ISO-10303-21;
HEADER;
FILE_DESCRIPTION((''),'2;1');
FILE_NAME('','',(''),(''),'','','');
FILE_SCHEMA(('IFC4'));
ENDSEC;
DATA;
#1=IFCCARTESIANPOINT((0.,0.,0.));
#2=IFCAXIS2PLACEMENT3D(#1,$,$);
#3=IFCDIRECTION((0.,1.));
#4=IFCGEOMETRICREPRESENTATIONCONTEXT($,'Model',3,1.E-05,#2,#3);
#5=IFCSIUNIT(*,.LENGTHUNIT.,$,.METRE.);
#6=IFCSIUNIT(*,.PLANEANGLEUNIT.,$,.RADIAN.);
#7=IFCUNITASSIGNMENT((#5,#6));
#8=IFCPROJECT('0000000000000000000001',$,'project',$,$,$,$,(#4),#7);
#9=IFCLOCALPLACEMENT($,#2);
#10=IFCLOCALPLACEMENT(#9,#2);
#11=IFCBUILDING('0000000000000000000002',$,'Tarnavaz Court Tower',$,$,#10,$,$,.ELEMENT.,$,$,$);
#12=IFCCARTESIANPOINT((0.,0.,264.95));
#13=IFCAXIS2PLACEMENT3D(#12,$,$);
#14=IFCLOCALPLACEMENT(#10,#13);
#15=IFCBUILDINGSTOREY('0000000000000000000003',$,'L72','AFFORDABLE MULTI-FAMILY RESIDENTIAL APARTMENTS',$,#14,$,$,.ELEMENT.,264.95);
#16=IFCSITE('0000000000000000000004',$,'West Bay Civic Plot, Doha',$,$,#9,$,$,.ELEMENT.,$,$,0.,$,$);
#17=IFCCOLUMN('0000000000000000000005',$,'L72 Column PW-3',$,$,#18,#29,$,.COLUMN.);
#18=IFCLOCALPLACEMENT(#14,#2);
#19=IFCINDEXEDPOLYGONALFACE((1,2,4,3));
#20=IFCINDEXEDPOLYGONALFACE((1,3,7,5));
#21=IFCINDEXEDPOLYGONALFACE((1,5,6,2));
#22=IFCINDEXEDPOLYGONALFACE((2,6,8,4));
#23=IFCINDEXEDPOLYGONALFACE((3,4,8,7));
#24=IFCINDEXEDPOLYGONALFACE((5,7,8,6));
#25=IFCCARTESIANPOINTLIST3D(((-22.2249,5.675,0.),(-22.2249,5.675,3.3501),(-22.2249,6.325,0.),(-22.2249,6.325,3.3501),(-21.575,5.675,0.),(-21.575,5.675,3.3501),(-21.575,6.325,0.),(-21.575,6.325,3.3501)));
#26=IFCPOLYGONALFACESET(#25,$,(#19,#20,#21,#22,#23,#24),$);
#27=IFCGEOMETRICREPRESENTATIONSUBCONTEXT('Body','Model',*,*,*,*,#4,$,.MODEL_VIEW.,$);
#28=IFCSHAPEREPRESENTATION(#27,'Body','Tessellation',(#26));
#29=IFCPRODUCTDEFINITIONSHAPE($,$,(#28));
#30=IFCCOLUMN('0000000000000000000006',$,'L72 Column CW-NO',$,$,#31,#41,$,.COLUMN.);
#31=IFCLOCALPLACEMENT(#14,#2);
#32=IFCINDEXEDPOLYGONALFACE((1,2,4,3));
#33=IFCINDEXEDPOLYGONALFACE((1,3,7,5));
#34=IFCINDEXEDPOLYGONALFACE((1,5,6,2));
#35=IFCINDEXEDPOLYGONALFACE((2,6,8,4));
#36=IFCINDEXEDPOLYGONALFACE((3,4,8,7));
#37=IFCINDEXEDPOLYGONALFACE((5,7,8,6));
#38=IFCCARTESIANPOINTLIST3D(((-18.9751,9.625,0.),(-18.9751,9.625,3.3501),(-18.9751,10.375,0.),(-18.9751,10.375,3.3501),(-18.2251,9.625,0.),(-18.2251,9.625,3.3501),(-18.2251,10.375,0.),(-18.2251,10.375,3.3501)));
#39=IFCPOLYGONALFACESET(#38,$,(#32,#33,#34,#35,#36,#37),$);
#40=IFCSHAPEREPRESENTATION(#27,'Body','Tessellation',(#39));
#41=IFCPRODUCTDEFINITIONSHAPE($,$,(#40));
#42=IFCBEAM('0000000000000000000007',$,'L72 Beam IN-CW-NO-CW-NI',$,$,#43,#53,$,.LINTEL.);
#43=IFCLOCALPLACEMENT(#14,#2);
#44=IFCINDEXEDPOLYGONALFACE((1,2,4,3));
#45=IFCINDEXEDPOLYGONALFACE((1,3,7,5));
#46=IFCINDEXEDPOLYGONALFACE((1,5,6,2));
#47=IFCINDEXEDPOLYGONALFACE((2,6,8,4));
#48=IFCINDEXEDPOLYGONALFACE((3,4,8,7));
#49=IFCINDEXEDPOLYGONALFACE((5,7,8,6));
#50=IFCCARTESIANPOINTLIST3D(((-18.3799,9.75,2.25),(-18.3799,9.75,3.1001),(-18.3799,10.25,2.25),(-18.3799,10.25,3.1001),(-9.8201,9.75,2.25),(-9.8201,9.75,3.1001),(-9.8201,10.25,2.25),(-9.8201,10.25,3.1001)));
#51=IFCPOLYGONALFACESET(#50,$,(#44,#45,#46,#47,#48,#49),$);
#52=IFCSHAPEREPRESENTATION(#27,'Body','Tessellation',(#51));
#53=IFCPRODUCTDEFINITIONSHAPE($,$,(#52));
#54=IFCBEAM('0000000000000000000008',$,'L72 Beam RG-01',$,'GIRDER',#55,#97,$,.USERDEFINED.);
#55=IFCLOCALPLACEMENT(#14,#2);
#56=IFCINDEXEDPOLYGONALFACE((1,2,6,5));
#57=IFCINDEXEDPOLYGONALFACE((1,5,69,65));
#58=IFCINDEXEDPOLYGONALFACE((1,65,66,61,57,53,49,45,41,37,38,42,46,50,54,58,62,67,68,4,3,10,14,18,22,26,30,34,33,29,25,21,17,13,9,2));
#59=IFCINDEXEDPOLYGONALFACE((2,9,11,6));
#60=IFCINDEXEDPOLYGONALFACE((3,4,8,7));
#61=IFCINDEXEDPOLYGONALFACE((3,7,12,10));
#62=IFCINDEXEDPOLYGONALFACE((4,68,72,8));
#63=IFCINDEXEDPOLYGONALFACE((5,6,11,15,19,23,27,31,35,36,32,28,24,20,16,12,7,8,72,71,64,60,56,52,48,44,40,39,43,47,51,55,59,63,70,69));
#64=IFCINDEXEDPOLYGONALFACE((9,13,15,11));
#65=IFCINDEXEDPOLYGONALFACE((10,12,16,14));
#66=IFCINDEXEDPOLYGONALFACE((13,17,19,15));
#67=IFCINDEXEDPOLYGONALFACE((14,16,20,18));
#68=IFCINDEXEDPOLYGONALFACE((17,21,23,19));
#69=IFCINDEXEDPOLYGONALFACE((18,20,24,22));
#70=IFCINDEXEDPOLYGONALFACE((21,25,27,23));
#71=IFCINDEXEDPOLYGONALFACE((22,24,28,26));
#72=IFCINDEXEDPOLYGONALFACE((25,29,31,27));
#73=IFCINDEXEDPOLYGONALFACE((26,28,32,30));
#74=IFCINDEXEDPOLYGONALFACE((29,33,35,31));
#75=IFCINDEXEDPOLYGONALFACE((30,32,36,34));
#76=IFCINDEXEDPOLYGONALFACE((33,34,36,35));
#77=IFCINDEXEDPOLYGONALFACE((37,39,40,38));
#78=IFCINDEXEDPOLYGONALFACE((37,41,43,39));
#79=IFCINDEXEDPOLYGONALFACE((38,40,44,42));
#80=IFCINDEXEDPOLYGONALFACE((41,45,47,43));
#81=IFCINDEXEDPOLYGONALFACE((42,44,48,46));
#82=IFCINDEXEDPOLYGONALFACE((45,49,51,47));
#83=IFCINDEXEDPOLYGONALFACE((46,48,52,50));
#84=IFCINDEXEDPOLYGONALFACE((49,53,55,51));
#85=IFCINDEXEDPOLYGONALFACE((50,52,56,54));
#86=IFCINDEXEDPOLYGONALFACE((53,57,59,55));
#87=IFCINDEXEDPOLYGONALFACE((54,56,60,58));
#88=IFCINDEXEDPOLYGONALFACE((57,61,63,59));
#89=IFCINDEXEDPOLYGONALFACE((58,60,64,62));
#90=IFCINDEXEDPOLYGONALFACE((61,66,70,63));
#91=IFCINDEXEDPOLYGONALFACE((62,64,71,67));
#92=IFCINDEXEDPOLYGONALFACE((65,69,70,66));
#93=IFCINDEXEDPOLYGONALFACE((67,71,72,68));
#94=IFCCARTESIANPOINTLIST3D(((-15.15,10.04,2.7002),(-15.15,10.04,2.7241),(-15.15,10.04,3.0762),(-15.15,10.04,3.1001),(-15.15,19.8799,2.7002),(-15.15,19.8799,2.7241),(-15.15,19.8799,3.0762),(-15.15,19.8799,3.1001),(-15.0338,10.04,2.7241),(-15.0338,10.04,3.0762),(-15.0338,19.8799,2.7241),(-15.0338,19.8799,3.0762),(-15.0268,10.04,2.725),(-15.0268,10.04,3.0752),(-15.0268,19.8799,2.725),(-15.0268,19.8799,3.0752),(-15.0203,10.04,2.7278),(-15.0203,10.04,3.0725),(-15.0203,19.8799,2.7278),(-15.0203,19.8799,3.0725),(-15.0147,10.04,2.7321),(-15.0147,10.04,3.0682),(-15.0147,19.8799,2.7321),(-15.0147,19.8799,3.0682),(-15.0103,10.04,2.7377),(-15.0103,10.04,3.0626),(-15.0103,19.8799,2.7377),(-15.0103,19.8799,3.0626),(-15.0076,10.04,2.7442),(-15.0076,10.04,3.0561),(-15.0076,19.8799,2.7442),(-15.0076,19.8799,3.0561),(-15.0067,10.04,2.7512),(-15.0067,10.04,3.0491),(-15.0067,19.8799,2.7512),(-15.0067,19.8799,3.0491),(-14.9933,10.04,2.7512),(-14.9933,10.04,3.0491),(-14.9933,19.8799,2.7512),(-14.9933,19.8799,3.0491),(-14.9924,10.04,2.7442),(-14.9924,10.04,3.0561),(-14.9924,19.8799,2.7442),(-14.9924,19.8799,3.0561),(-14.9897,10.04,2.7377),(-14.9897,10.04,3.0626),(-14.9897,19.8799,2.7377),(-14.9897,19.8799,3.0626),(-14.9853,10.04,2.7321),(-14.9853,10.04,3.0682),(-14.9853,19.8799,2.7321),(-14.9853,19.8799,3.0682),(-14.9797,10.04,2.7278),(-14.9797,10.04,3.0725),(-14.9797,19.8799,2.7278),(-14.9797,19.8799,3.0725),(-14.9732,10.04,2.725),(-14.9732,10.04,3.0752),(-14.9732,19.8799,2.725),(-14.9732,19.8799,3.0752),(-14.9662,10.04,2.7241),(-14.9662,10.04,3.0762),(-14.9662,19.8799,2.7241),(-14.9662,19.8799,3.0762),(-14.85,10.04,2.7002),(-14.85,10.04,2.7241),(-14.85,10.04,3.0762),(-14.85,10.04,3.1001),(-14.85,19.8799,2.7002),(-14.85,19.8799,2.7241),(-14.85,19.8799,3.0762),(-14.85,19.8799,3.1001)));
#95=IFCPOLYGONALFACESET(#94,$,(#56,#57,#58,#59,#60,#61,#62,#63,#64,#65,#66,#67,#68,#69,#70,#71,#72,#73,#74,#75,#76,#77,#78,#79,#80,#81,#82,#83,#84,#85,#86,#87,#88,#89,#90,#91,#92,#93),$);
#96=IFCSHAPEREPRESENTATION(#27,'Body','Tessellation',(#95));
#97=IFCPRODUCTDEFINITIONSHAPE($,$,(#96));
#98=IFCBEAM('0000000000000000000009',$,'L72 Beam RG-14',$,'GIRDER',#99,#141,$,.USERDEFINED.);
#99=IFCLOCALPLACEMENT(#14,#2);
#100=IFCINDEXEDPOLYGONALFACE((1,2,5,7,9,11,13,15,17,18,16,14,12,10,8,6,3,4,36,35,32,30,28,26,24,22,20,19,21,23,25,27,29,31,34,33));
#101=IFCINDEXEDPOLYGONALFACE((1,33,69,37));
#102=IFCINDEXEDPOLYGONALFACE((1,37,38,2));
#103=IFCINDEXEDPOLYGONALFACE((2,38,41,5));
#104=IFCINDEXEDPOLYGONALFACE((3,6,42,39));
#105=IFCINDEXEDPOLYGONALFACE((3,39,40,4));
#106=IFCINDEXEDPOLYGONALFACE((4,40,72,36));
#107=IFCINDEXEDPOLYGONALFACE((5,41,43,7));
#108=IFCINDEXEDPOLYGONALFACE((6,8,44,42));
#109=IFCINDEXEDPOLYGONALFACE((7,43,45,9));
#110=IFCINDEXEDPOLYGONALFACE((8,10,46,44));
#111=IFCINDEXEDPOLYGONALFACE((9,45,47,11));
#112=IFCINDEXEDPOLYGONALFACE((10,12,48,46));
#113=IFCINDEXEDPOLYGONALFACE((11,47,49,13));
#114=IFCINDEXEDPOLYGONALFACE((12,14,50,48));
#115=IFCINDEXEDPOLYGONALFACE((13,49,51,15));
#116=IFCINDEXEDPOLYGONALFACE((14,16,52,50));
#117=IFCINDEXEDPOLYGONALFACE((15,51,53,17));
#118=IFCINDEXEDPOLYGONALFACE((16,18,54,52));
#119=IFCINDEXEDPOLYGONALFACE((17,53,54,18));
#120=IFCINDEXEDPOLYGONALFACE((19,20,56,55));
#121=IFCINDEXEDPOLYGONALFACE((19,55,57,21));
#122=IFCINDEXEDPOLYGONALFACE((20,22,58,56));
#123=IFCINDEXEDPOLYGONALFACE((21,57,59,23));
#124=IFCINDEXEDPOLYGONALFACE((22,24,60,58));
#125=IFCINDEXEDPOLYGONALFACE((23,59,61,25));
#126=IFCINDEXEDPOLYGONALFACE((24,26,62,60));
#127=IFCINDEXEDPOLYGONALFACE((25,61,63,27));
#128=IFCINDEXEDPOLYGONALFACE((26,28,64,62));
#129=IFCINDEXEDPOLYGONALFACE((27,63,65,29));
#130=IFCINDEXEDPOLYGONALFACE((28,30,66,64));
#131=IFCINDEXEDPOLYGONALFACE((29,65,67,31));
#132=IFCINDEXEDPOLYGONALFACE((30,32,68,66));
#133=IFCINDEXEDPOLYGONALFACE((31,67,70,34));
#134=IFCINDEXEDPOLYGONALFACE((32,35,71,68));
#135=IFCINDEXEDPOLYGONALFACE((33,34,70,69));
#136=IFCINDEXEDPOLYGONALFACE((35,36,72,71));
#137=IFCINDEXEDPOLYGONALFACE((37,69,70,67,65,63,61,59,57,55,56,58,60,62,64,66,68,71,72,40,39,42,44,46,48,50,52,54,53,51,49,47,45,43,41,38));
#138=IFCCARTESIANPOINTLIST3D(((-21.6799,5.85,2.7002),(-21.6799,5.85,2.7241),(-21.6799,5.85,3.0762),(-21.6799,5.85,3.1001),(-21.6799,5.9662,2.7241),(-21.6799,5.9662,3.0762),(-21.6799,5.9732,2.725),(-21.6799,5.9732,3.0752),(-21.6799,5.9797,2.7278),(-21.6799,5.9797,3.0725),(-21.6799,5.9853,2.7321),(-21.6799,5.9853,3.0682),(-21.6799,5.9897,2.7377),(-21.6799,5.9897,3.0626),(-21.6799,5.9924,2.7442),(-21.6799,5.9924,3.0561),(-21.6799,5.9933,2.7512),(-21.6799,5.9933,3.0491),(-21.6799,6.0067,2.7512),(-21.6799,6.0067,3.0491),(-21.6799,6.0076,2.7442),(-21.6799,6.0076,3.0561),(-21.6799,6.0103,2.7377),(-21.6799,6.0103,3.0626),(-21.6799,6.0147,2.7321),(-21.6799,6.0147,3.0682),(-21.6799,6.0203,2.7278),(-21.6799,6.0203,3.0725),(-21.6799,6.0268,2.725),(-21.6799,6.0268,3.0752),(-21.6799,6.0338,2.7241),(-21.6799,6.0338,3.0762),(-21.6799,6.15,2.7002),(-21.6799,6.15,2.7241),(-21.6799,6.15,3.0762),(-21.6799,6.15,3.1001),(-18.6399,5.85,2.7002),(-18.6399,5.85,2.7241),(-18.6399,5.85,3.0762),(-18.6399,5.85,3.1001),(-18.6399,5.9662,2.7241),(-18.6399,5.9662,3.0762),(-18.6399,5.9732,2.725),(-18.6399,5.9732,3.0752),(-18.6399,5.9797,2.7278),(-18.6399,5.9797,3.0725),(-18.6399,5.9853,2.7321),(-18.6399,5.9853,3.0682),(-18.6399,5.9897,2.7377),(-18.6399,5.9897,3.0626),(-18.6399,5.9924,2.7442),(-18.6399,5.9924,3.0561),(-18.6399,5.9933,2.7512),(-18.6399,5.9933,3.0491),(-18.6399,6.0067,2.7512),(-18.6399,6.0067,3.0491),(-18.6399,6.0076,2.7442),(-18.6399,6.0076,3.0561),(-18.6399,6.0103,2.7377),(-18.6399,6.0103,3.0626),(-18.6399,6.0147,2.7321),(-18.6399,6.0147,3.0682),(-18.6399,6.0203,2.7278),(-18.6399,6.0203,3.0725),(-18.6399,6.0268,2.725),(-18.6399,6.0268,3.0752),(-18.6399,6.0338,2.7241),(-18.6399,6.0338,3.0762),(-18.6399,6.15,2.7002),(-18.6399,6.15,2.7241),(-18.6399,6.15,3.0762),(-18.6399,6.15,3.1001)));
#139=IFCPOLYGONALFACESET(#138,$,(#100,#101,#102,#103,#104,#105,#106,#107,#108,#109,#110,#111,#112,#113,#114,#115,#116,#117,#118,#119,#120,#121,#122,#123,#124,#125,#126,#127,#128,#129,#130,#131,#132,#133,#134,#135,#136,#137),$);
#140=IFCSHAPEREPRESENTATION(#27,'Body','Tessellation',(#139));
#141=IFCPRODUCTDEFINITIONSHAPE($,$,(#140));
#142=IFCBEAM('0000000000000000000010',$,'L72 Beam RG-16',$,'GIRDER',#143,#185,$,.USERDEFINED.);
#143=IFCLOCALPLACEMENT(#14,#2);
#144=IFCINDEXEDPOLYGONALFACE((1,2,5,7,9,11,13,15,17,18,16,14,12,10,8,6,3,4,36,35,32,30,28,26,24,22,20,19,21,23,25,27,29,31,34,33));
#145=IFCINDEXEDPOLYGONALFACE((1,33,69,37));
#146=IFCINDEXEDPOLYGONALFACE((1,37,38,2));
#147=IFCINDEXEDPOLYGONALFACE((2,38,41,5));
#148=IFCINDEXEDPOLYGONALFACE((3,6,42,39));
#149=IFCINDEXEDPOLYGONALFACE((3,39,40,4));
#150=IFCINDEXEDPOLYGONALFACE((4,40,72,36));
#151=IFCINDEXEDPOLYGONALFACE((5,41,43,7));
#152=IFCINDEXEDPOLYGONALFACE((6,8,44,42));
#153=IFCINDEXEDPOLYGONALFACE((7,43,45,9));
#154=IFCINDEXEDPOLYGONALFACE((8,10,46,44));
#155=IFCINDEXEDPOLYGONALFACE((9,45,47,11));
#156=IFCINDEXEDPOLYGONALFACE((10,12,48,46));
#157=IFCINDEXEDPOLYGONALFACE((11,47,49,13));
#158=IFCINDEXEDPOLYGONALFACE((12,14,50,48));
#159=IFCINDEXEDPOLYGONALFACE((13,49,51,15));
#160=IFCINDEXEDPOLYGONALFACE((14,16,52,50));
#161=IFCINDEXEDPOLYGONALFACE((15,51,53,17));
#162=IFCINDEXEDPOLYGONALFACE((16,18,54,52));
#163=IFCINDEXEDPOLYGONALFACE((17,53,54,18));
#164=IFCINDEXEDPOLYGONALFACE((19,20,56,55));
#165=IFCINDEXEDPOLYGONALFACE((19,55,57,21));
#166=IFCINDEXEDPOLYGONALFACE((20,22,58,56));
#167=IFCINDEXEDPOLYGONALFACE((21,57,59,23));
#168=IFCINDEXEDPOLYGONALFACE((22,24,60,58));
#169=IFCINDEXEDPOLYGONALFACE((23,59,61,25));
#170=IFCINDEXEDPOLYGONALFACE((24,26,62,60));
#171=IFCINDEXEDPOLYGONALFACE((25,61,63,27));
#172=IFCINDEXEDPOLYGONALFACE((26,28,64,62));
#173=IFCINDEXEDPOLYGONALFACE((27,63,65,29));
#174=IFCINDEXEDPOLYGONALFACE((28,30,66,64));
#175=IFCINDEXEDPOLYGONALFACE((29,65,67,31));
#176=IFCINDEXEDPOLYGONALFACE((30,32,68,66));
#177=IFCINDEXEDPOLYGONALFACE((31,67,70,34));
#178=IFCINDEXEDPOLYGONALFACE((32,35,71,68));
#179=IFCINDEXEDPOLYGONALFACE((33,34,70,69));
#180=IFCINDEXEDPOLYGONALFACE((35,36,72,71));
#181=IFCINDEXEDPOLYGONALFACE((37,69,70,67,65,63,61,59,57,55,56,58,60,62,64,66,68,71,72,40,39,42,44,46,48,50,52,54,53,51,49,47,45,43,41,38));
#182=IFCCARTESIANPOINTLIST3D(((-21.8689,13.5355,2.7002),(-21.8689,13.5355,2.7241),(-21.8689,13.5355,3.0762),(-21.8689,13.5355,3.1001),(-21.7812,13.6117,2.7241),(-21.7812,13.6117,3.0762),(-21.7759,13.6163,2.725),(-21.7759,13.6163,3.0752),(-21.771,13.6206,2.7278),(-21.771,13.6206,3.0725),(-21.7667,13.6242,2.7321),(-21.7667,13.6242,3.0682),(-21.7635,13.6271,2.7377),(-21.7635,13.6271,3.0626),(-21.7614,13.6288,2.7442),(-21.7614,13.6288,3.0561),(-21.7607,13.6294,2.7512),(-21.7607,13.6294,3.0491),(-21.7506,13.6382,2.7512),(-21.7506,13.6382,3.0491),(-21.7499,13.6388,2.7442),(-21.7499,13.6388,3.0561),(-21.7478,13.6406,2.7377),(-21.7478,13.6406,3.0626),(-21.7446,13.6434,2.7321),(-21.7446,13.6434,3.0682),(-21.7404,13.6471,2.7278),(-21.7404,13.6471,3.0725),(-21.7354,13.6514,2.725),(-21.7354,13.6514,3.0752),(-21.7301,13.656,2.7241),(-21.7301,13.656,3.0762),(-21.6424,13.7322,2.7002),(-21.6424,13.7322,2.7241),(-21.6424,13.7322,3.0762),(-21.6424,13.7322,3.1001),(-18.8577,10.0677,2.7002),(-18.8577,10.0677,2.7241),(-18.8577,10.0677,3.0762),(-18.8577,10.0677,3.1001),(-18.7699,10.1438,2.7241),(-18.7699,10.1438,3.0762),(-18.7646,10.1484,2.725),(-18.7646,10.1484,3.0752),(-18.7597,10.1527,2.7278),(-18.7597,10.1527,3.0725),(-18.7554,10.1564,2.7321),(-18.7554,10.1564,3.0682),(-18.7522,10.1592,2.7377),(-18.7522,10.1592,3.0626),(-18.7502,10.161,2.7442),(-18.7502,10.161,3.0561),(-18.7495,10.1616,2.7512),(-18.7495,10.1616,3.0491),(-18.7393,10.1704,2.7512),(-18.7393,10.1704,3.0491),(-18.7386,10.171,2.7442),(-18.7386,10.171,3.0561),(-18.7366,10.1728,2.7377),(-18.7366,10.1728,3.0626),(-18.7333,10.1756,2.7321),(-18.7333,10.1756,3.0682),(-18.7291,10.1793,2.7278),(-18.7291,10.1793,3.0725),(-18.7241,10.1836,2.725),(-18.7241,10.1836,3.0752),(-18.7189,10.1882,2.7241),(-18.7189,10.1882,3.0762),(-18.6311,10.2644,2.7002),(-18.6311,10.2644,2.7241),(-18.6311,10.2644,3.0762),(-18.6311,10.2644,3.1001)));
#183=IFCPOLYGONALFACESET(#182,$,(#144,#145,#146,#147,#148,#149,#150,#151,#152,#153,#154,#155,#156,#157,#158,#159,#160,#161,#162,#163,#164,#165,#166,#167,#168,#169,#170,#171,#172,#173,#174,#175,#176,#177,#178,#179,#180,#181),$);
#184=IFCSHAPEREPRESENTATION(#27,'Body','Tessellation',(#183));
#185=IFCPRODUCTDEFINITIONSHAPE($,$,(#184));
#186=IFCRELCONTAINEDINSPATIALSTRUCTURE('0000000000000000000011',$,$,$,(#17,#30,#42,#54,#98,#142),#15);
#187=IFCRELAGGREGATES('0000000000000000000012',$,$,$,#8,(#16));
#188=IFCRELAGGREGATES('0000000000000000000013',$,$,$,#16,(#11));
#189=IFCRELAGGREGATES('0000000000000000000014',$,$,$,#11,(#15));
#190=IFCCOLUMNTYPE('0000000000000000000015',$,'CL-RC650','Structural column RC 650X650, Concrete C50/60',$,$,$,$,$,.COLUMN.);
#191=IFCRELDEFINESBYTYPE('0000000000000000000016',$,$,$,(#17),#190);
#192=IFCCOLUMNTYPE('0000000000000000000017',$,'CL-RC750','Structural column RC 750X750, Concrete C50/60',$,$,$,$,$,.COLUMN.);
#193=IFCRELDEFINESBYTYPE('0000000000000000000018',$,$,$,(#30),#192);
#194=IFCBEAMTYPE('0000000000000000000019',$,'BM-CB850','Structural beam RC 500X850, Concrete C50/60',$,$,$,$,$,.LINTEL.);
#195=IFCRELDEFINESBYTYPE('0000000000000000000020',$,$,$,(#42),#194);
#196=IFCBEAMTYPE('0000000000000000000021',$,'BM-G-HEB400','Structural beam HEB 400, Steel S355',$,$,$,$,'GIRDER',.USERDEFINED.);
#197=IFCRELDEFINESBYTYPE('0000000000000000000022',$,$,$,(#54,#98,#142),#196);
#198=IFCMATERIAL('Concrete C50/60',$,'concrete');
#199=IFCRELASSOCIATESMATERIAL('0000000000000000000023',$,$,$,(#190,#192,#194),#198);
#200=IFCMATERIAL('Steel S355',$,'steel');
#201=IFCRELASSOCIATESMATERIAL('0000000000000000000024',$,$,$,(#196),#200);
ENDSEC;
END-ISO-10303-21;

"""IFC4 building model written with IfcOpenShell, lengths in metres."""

from ifc_helpers import new_model, si_unit, direction, frame, origin, origin_2d, place, context, subcontext, project, spatial, rectangle, i_section, extrude, material, material_profile, profile_set, type_object, element, save


model = new_model("IFC4")

# Units and contexts
model_context = context("Model", 3, precision=1e-05, world=origin(), true_north=direction((0.0, 1.0)))
body_context = subcontext(model_context, "Body", "Model", "MODEL_VIEW")
ifc_project = project(units=[si_unit("LENGTHUNIT", "METRE"), si_unit("PLANEANGLEUNIT", "RADIAN")], contexts=[model_context])

# Site, building, storey
site_placement = place(None, origin())
site = spatial("IfcSite", under=ifc_project, at=site_placement, Name="West Bay Civic Plot, Doha", CompositionType="ELEMENT", RefElevation=0.0)
building_placement = place(site_placement, origin())
building = spatial("IfcBuilding", under=site, at=building_placement, Name="Tarnavaz Court Tower", CompositionType="ELEMENT")
storey_placement = place(building_placement, frame((0.0, 0.0, 264.95)))
storey = spatial("IfcBuildingStorey", under=building, at=storey_placement, Name="L72", Description="AFFORDABLE MULTI-FAMILY RESIDENTIAL APARTMENTS", CompositionType="ELEMENT", Elevation=264.95)

# Columns
ifc_material_1 = material(Name="Concrete C50/60", Category="concrete")
ifc_material_profile_1 = material_profile(ifc_material_1, rectangle(XDim=0.6499, YDim=0.6499, at=origin_2d()), Name="RC 650X650")
ifc_profile_set_1 = profile_set([ifc_material_profile_1], Name="Concrete C50/60")
column_type_1 = type_object("IfcColumnType", Name="CL-RC650", Description="Structural column RC 650X650, Concrete C50/60", PredefinedType="COLUMN", material=ifc_profile_set_1)
column_1_placement = place(storey_placement, frame((-21.8999, 6.0, 0.0), z_axis=(0.0, 0.0, 1.0), x_axis=(1.0, 0.0, 0.0)))
element("IfcColumn", 1, at=column_1_placement, inside=storey, type_object=column_type_1, Name="L72 Column PW-3", PredefinedType="COLUMN", context=body_context, shape_type="SweptSolid", body=[
    extrude(rectangle(XDim=0.6499, YDim=0.6499, at=origin_2d()), origin(), (0.0, 0.0, 1.0), 3.3501),
])
ifc_material_profile_2 = material_profile(ifc_material_1, rectangle(XDim=0.75, YDim=0.75, at=origin_2d()), Name="RC 750X750")
ifc_profile_set_2 = profile_set([ifc_material_profile_2], Name="Concrete C50/60")
column_type_2 = type_object("IfcColumnType", Name="CL-RC750", Description="Structural column RC 750X750, Concrete C50/60", PredefinedType="COLUMN", material=ifc_profile_set_2)
column_2_placement = place(storey_placement, frame((-18.6001, 10.0, 0.0), z_axis=(0.0, 0.0, 1.0), x_axis=(1.0, 0.0, 0.0)))
element("IfcColumn", 2, at=column_2_placement, inside=storey, type_object=column_type_2, Name="L72 Column CW-NO", PredefinedType="COLUMN", context=body_context, shape_type="SweptSolid", body=[
    extrude(rectangle(XDim=0.75, YDim=0.75, at=origin_2d()), origin(), (0.0, 0.0, 1.0), 3.3501),
])

# Beams
ifc_material_profile_3 = material_profile(ifc_material_1, rectangle(XDim=0.5, YDim=0.8501, at=origin_2d()), Name="RC 500X850")
ifc_profile_set_3 = profile_set([ifc_material_profile_3], Name="Concrete C50/60")
beam_type_1 = type_object("IfcBeamType", Name="BM-CB850", Description="Structural beam RC 500X850, Concrete C50/60", PredefinedType="LINTEL", material=ifc_profile_set_3)
beam_1_placement = place(storey_placement, frame((-18.3799, 10.0, 2.675), z_axis=(1.0, 0.0, 0.0), x_axis=(0.0, 1.0, 0.0)))
element("IfcBeam", 3, at=beam_1_placement, inside=storey, type_object=beam_type_1, Name="L72 Beam IN-CW-NO-CW-NI", PredefinedType="LINTEL", context=body_context, shape_type="SweptSolid", body=[
    extrude(rectangle(XDim=0.5, YDim=0.8501, at=origin_2d()), origin(), (0.0, 0.0, 1.0), 8.5598),
])
ifc_material_2 = material(Name="Steel S355", Category="steel")
ifc_material_profile_4 = material_profile(ifc_material_2, i_section(OverallWidth=0.3, OverallDepth=0.3999, WebThickness=0.0134, FlangeThickness=0.0239, FilletRadius=0.0271, at=origin_2d()), Name="HEB 400")
ifc_profile_set_4 = profile_set([ifc_material_profile_4], Name="Steel S355")
beam_type_2 = type_object("IfcBeamType", Name="BM-G-HEB400", Description="Structural beam HEB 400, Steel S355", ElementType="GIRDER", PredefinedType="USERDEFINED", material=ifc_profile_set_4)
beam_2_placement = place(storey_placement, frame((-15.0, 10.04, 2.9001), z_axis=(0.0, 1.0, 0.0), x_axis=(-1.0, 0.0, 0.0)))
element("IfcBeam", 4, at=beam_2_placement, inside=storey, type_object=beam_type_2, Name="L72 Beam RG-01", ObjectType="GIRDER", PredefinedType="USERDEFINED", context=body_context, shape_type="SweptSolid", body=[
    extrude(i_section(OverallWidth=0.3, OverallDepth=0.3999, WebThickness=0.0134, FlangeThickness=0.0239, FilletRadius=0.0271, at=origin_2d()), origin(), (0.0, 0.0, 1.0), 9.8398),
])
beam_3_placement = place(storey_placement, frame((-18.6399, 6.0, 2.9001), z_axis=(-1.0, 0.0, 0.0), x_axis=(0.0, -1.0, 0.0)))
element("IfcBeam", 5, at=beam_3_placement, inside=storey, type_object=beam_type_2, Name="L72 Beam RG-14", ObjectType="GIRDER", PredefinedType="USERDEFINED", context=body_context, shape_type="SweptSolid", body=[
    extrude(i_section(OverallWidth=0.3, OverallDepth=0.3999, WebThickness=0.0134, FlangeThickness=0.0239, FilletRadius=0.0271, at=origin_2d()), origin(), (0.0, 0.0, 1.0), 3.04),
])
beam_4_placement = place(storey_placement, frame((-18.7444, 10.166, 2.9001), z_axis=(-0.655655, 0.755061, 0.0), x_axis=(-0.755061, -0.655655, 0.0)))
element("IfcBeam", 6, at=beam_4_placement, inside=storey, type_object=beam_type_2, Name="L72 Beam RG-16", ObjectType="GIRDER", PredefinedType="USERDEFINED", context=body_context, shape_type="SweptSolid", body=[
    extrude(i_section(OverallWidth=0.3, OverallDepth=0.3999, WebThickness=0.0134, FlangeThickness=0.0239, FilletRadius=0.0271, at=origin_2d()), origin(), (0.0, 0.0, 1.0), 4.5928),
])

save(model, "model.ifc")
